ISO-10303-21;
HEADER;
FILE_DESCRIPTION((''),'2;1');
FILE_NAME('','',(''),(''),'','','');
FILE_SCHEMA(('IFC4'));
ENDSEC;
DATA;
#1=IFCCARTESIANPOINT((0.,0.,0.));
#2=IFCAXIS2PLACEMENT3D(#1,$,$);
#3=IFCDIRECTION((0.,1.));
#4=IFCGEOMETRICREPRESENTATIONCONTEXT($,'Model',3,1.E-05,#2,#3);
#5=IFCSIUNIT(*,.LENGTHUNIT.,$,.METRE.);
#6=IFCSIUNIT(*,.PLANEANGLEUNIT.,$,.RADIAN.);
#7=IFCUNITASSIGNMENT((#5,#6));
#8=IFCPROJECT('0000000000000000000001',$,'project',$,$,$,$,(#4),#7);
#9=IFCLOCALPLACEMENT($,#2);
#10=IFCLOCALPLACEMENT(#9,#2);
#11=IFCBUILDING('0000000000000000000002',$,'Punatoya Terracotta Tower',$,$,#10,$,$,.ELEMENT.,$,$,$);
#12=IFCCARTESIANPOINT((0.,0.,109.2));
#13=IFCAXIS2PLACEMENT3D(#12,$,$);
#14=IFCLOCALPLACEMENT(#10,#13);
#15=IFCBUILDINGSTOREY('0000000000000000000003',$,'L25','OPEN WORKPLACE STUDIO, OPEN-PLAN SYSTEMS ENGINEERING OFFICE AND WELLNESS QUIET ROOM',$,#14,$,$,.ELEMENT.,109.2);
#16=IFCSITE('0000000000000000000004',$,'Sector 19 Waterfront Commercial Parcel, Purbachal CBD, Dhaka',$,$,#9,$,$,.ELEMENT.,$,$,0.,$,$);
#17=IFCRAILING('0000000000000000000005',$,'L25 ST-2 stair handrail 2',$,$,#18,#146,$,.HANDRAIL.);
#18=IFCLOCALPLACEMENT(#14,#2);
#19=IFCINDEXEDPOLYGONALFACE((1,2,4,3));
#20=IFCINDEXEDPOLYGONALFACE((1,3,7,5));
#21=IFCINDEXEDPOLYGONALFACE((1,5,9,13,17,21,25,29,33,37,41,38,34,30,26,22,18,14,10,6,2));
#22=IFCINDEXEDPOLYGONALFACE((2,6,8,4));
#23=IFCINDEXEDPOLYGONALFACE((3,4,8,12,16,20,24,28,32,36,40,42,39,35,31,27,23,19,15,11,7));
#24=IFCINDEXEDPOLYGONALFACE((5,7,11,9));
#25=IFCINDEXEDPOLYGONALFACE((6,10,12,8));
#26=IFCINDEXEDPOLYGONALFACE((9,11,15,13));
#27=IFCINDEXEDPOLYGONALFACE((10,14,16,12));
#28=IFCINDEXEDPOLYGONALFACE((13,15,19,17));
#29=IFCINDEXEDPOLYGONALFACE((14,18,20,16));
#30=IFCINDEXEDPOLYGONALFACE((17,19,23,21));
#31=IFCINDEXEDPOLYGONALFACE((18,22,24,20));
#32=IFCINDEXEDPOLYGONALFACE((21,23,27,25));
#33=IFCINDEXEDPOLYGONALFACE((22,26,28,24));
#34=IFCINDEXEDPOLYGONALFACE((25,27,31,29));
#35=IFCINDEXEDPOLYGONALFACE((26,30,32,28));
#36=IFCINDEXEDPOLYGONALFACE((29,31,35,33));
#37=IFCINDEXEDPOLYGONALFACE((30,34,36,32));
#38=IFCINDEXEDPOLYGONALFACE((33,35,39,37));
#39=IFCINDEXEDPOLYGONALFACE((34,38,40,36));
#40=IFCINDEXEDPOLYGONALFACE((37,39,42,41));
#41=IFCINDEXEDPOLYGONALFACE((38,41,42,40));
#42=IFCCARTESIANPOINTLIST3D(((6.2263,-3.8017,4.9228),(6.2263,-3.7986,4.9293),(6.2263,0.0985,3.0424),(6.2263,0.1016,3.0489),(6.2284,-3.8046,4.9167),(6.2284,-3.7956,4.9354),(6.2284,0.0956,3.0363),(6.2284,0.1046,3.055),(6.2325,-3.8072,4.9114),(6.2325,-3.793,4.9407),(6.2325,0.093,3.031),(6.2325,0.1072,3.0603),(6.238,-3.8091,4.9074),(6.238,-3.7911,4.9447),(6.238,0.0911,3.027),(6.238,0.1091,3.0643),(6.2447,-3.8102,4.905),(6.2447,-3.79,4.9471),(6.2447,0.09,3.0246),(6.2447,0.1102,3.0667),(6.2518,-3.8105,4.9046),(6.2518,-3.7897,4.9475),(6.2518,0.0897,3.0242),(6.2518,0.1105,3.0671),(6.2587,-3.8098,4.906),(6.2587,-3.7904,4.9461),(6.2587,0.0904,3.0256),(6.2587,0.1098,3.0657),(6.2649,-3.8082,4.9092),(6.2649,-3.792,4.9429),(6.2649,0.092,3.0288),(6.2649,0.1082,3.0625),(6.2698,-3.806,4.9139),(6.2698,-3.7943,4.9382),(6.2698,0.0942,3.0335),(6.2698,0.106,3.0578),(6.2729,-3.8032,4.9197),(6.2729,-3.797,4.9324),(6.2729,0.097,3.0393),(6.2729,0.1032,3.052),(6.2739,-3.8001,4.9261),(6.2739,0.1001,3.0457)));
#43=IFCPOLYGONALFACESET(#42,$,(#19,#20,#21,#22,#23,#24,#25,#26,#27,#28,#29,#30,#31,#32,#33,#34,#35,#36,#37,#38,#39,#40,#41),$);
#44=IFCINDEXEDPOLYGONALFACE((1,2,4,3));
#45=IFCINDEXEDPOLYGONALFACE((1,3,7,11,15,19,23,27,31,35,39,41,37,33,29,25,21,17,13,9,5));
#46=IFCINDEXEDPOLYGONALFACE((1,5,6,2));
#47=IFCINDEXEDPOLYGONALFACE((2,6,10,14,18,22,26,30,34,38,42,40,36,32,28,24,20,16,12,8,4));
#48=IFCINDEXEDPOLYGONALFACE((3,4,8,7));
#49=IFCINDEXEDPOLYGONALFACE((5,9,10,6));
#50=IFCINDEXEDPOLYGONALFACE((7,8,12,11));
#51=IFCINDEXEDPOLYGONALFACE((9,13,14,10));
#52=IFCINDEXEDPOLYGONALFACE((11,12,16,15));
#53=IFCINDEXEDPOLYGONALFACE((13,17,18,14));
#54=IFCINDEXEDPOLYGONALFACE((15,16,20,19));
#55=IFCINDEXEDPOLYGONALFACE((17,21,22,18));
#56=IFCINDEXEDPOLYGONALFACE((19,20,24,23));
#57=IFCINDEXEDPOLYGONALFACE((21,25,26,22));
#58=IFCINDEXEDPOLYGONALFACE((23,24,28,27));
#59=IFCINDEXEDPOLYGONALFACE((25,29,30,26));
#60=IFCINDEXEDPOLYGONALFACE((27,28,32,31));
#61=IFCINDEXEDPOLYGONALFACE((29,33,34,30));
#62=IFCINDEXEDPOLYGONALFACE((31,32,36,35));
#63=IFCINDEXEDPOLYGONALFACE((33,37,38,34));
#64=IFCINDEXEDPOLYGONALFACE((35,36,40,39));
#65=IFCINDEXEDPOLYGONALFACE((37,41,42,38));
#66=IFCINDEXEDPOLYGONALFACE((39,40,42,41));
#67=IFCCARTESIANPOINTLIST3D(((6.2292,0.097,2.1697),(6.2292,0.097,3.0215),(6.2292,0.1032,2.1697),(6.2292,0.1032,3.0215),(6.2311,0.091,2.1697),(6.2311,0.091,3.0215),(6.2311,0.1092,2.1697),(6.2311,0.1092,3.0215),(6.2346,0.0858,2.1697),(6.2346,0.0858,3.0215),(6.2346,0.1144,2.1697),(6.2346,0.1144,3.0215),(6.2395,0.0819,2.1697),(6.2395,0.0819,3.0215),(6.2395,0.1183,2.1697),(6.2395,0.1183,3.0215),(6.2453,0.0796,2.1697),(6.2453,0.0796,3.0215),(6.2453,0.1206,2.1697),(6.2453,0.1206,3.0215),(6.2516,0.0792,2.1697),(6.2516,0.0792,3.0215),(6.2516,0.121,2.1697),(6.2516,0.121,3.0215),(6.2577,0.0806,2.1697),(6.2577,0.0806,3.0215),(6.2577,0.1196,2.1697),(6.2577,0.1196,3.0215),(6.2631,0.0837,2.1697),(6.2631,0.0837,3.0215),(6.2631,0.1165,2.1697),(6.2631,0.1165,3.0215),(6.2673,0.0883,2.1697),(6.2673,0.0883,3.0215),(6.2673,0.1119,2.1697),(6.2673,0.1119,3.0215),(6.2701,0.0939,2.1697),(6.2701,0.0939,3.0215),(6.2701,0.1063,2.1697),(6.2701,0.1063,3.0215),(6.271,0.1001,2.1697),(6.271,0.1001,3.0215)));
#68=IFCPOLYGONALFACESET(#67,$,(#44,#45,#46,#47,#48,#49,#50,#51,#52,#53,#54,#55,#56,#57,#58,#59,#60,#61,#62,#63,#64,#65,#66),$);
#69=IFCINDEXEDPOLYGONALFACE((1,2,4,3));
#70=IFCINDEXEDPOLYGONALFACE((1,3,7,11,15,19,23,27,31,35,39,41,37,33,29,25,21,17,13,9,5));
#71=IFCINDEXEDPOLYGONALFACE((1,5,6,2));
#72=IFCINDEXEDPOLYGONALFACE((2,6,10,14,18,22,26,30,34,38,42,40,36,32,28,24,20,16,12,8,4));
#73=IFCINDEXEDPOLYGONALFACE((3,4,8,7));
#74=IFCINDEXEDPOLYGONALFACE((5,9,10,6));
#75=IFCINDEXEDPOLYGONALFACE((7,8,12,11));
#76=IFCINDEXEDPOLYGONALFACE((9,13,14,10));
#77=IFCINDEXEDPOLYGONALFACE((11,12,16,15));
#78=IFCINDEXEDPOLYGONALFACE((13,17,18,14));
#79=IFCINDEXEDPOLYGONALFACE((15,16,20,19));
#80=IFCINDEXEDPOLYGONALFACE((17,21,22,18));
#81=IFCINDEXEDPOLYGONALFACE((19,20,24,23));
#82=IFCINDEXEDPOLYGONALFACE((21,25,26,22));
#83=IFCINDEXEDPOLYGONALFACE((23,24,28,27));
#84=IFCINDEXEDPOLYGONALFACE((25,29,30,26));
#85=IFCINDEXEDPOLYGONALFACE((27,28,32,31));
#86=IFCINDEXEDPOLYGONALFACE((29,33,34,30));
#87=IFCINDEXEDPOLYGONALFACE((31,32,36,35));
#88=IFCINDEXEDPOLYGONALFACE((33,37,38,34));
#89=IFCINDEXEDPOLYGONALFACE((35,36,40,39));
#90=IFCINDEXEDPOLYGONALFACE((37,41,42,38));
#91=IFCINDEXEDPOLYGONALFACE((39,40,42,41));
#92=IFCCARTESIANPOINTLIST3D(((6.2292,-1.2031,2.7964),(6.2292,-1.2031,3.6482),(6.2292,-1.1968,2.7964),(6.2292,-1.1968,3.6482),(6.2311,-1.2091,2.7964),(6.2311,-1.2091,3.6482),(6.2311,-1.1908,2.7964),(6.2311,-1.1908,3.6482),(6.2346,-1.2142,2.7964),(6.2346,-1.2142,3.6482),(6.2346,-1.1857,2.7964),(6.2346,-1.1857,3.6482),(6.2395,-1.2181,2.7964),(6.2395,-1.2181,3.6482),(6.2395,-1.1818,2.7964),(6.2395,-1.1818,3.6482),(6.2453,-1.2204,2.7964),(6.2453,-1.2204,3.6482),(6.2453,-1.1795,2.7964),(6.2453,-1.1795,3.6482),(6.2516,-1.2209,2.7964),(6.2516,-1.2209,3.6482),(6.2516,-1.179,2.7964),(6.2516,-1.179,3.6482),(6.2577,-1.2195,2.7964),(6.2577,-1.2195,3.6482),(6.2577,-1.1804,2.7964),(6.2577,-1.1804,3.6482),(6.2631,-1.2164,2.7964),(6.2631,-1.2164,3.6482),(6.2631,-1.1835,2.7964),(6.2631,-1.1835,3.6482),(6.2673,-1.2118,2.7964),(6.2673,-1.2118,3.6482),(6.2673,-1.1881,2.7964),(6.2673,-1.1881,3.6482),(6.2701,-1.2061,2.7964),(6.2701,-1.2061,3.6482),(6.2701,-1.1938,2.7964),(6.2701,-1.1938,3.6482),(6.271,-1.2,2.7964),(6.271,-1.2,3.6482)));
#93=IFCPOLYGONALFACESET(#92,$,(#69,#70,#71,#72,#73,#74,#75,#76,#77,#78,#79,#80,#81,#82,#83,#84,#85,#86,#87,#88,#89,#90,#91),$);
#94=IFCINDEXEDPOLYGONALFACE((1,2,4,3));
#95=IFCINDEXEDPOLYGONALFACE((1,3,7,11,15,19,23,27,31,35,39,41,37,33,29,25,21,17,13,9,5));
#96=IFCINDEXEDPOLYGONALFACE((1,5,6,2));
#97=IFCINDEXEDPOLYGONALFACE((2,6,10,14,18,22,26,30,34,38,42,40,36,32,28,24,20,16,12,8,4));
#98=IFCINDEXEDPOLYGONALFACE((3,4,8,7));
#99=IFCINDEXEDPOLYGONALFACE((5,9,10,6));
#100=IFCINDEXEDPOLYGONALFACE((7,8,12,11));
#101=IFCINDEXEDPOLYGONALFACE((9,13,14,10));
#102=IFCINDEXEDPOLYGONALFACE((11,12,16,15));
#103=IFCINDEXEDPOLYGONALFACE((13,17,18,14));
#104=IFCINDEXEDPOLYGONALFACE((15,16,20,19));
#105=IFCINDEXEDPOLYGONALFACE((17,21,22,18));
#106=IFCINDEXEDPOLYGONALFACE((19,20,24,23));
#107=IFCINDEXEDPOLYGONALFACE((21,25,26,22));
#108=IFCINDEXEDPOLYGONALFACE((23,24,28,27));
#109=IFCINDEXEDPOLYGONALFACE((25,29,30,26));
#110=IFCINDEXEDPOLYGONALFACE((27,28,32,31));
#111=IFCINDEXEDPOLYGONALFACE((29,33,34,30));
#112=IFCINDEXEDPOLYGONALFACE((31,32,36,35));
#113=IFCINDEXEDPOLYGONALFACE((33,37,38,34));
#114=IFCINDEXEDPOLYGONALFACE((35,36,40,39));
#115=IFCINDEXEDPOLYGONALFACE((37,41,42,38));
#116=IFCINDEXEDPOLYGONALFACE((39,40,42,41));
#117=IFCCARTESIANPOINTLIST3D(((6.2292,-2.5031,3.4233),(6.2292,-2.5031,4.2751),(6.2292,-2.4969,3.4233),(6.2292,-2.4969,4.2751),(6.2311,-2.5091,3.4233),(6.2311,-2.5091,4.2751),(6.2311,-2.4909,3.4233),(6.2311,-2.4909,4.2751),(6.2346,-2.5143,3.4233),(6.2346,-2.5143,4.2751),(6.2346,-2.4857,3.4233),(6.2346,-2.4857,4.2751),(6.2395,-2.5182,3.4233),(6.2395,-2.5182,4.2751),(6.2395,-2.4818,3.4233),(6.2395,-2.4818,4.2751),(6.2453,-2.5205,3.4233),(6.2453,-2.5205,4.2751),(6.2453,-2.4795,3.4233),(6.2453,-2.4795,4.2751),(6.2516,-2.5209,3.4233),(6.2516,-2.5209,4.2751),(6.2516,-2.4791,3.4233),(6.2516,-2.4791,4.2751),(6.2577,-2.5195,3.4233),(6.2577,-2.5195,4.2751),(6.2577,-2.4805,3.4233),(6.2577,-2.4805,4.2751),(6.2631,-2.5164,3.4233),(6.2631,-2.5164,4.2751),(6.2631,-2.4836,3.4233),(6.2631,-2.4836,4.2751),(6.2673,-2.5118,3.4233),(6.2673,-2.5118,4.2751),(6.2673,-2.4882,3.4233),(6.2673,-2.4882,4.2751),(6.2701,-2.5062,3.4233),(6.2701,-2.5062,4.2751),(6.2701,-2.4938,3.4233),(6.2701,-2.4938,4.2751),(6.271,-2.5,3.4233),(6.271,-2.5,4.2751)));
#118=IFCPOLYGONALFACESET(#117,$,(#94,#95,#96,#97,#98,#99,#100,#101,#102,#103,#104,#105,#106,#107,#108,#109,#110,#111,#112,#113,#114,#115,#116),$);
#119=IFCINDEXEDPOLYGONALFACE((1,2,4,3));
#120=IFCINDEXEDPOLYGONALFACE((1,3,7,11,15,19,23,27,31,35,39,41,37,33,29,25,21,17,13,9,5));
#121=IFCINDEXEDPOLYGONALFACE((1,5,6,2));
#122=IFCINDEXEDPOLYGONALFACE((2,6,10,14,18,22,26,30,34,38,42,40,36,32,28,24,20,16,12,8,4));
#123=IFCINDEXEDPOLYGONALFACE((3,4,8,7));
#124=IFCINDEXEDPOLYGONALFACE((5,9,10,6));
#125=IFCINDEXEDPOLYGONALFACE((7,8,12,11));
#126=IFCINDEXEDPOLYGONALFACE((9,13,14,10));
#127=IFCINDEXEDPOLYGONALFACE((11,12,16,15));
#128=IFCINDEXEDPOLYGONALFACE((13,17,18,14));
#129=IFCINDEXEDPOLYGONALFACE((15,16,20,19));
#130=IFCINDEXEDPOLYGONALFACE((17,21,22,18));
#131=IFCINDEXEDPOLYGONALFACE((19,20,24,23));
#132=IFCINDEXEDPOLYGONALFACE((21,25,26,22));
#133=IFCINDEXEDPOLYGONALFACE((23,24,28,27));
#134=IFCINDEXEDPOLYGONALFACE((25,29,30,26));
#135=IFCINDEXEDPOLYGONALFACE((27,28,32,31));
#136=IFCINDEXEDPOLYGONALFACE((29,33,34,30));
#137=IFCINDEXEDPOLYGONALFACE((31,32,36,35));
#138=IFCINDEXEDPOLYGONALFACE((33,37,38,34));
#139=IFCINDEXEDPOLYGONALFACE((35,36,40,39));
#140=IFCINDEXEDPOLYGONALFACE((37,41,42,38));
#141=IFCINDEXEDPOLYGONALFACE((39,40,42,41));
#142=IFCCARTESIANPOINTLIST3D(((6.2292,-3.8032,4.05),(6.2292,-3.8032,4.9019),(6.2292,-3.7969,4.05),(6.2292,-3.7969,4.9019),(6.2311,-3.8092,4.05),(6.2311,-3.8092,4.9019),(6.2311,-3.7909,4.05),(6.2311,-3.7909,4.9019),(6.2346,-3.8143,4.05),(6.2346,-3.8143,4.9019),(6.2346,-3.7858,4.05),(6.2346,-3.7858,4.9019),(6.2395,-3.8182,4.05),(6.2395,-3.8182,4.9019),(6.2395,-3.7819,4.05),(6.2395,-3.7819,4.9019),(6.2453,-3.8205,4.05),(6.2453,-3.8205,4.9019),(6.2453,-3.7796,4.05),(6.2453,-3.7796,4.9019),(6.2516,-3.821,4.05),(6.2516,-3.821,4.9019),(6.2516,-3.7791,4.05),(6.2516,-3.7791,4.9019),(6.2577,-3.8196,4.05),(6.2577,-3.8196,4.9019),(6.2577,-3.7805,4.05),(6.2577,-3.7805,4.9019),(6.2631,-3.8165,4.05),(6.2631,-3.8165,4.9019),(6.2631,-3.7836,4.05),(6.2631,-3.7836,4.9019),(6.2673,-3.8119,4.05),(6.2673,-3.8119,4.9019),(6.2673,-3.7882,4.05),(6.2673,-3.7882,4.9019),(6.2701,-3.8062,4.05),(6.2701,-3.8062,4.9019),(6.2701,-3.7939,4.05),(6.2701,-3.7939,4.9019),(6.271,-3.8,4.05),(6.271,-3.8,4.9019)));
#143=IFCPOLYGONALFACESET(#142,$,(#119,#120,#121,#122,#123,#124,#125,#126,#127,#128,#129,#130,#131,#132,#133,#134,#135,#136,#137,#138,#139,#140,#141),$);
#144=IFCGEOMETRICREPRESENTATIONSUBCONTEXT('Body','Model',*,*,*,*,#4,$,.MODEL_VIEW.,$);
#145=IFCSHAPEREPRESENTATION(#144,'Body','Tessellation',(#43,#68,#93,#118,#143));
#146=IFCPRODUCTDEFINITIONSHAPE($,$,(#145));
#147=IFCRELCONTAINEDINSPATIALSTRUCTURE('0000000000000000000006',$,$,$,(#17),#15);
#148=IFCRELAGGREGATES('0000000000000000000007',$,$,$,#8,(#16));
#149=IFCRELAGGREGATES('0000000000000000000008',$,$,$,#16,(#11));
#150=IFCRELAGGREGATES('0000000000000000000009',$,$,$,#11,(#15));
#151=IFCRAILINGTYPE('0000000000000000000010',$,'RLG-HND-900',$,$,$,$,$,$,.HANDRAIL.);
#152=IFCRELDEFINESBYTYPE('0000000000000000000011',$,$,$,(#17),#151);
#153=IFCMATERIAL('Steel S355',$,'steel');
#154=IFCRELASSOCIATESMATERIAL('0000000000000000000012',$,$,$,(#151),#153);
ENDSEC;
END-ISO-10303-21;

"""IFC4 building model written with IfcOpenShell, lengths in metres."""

from ifc_helpers import new_model, si_unit, direction, frame, origin, origin_2d, place, context, subcontext, project, spatial, circle, extrude, material, type_object, element, save


model = new_model("IFC4")

# Units and contexts
model_context = context("Model", 3, precision=1e-05, world=origin(), true_north=direction((0.0, 1.0)))
body_context = subcontext(model_context, "Body", "Model", "MODEL_VIEW")
ifc_project = project(units=[si_unit("LENGTHUNIT", "METRE"), si_unit("PLANEANGLEUNIT", "RADIAN")], contexts=[model_context])

# Site, building, storey
site_placement = place(None, origin())
site = spatial("IfcSite", under=ifc_project, at=site_placement, Name="Sector 19 Waterfront Commercial Parcel, Purbachal CBD, Dhaka", CompositionType="ELEMENT", RefElevation=0.0)
building_placement = place(site_placement, origin())
building = spatial("IfcBuilding", under=site, at=building_placement, Name="Punatoya Terracotta Tower", CompositionType="ELEMENT")
storey_placement = place(building_placement, frame((0.0, 0.0, 109.2)))
storey = spatial("IfcBuildingStorey", under=building, at=storey_placement, Name="L25", Description="OPEN WORKPLACE STUDIO, OPEN-PLAN SYSTEMS ENGINEERING OFFICE AND WELLNESS QUIET ROOM", CompositionType="ELEMENT", Elevation=109.2)

# Shared definitions
ifc_material_1 = material(Name="Steel S355", Category="steel")

# Railing
railing_type_1 = type_object("IfcRailingType", Name="RLG-HND-900", PredefinedType="HANDRAIL", material=ifc_material_1)
railing_1_placement = place(storey_placement, frame((6.25, 0.1001, 2.1697)))
element("IfcRailing", 1, at=railing_1_placement, inside=storey, type_object=railing_type_1, Name="L25 ST-2 stair handrail 2", PredefinedType="HANDRAIL", context=body_context, shape_type="SweptSolid", body=[
    extrude(circle(Radius=0.0239, at=origin_2d()), frame((0.0, 0.0, 0.876), z_axis=(0.0, -0.900774, 0.434289), x_axis=(1.0, 0.0, 0.0)), (0.0, 0.0, 1.0), 4.3298),
    extrude(circle(Radius=0.021, at=origin_2d()), origin(), (0.0, 0.0, 1.0), 0.8518),
    extrude(circle(Radius=0.021, at=origin_2d()), frame((0.0, -1.3, 0.6267)), (0.0, 0.0, 1.0), 0.8518),
    extrude(circle(Radius=0.021, at=origin_2d()), frame((0.0, -2.6001, 1.2537)), (0.0, 0.0, 1.0), 0.8518),
    extrude(circle(Radius=0.021, at=origin_2d()), frame((0.0, -3.9001, 1.8804)), (0.0, 0.0, 1.0), 0.8518),
])

save(model, "model.ifc")
